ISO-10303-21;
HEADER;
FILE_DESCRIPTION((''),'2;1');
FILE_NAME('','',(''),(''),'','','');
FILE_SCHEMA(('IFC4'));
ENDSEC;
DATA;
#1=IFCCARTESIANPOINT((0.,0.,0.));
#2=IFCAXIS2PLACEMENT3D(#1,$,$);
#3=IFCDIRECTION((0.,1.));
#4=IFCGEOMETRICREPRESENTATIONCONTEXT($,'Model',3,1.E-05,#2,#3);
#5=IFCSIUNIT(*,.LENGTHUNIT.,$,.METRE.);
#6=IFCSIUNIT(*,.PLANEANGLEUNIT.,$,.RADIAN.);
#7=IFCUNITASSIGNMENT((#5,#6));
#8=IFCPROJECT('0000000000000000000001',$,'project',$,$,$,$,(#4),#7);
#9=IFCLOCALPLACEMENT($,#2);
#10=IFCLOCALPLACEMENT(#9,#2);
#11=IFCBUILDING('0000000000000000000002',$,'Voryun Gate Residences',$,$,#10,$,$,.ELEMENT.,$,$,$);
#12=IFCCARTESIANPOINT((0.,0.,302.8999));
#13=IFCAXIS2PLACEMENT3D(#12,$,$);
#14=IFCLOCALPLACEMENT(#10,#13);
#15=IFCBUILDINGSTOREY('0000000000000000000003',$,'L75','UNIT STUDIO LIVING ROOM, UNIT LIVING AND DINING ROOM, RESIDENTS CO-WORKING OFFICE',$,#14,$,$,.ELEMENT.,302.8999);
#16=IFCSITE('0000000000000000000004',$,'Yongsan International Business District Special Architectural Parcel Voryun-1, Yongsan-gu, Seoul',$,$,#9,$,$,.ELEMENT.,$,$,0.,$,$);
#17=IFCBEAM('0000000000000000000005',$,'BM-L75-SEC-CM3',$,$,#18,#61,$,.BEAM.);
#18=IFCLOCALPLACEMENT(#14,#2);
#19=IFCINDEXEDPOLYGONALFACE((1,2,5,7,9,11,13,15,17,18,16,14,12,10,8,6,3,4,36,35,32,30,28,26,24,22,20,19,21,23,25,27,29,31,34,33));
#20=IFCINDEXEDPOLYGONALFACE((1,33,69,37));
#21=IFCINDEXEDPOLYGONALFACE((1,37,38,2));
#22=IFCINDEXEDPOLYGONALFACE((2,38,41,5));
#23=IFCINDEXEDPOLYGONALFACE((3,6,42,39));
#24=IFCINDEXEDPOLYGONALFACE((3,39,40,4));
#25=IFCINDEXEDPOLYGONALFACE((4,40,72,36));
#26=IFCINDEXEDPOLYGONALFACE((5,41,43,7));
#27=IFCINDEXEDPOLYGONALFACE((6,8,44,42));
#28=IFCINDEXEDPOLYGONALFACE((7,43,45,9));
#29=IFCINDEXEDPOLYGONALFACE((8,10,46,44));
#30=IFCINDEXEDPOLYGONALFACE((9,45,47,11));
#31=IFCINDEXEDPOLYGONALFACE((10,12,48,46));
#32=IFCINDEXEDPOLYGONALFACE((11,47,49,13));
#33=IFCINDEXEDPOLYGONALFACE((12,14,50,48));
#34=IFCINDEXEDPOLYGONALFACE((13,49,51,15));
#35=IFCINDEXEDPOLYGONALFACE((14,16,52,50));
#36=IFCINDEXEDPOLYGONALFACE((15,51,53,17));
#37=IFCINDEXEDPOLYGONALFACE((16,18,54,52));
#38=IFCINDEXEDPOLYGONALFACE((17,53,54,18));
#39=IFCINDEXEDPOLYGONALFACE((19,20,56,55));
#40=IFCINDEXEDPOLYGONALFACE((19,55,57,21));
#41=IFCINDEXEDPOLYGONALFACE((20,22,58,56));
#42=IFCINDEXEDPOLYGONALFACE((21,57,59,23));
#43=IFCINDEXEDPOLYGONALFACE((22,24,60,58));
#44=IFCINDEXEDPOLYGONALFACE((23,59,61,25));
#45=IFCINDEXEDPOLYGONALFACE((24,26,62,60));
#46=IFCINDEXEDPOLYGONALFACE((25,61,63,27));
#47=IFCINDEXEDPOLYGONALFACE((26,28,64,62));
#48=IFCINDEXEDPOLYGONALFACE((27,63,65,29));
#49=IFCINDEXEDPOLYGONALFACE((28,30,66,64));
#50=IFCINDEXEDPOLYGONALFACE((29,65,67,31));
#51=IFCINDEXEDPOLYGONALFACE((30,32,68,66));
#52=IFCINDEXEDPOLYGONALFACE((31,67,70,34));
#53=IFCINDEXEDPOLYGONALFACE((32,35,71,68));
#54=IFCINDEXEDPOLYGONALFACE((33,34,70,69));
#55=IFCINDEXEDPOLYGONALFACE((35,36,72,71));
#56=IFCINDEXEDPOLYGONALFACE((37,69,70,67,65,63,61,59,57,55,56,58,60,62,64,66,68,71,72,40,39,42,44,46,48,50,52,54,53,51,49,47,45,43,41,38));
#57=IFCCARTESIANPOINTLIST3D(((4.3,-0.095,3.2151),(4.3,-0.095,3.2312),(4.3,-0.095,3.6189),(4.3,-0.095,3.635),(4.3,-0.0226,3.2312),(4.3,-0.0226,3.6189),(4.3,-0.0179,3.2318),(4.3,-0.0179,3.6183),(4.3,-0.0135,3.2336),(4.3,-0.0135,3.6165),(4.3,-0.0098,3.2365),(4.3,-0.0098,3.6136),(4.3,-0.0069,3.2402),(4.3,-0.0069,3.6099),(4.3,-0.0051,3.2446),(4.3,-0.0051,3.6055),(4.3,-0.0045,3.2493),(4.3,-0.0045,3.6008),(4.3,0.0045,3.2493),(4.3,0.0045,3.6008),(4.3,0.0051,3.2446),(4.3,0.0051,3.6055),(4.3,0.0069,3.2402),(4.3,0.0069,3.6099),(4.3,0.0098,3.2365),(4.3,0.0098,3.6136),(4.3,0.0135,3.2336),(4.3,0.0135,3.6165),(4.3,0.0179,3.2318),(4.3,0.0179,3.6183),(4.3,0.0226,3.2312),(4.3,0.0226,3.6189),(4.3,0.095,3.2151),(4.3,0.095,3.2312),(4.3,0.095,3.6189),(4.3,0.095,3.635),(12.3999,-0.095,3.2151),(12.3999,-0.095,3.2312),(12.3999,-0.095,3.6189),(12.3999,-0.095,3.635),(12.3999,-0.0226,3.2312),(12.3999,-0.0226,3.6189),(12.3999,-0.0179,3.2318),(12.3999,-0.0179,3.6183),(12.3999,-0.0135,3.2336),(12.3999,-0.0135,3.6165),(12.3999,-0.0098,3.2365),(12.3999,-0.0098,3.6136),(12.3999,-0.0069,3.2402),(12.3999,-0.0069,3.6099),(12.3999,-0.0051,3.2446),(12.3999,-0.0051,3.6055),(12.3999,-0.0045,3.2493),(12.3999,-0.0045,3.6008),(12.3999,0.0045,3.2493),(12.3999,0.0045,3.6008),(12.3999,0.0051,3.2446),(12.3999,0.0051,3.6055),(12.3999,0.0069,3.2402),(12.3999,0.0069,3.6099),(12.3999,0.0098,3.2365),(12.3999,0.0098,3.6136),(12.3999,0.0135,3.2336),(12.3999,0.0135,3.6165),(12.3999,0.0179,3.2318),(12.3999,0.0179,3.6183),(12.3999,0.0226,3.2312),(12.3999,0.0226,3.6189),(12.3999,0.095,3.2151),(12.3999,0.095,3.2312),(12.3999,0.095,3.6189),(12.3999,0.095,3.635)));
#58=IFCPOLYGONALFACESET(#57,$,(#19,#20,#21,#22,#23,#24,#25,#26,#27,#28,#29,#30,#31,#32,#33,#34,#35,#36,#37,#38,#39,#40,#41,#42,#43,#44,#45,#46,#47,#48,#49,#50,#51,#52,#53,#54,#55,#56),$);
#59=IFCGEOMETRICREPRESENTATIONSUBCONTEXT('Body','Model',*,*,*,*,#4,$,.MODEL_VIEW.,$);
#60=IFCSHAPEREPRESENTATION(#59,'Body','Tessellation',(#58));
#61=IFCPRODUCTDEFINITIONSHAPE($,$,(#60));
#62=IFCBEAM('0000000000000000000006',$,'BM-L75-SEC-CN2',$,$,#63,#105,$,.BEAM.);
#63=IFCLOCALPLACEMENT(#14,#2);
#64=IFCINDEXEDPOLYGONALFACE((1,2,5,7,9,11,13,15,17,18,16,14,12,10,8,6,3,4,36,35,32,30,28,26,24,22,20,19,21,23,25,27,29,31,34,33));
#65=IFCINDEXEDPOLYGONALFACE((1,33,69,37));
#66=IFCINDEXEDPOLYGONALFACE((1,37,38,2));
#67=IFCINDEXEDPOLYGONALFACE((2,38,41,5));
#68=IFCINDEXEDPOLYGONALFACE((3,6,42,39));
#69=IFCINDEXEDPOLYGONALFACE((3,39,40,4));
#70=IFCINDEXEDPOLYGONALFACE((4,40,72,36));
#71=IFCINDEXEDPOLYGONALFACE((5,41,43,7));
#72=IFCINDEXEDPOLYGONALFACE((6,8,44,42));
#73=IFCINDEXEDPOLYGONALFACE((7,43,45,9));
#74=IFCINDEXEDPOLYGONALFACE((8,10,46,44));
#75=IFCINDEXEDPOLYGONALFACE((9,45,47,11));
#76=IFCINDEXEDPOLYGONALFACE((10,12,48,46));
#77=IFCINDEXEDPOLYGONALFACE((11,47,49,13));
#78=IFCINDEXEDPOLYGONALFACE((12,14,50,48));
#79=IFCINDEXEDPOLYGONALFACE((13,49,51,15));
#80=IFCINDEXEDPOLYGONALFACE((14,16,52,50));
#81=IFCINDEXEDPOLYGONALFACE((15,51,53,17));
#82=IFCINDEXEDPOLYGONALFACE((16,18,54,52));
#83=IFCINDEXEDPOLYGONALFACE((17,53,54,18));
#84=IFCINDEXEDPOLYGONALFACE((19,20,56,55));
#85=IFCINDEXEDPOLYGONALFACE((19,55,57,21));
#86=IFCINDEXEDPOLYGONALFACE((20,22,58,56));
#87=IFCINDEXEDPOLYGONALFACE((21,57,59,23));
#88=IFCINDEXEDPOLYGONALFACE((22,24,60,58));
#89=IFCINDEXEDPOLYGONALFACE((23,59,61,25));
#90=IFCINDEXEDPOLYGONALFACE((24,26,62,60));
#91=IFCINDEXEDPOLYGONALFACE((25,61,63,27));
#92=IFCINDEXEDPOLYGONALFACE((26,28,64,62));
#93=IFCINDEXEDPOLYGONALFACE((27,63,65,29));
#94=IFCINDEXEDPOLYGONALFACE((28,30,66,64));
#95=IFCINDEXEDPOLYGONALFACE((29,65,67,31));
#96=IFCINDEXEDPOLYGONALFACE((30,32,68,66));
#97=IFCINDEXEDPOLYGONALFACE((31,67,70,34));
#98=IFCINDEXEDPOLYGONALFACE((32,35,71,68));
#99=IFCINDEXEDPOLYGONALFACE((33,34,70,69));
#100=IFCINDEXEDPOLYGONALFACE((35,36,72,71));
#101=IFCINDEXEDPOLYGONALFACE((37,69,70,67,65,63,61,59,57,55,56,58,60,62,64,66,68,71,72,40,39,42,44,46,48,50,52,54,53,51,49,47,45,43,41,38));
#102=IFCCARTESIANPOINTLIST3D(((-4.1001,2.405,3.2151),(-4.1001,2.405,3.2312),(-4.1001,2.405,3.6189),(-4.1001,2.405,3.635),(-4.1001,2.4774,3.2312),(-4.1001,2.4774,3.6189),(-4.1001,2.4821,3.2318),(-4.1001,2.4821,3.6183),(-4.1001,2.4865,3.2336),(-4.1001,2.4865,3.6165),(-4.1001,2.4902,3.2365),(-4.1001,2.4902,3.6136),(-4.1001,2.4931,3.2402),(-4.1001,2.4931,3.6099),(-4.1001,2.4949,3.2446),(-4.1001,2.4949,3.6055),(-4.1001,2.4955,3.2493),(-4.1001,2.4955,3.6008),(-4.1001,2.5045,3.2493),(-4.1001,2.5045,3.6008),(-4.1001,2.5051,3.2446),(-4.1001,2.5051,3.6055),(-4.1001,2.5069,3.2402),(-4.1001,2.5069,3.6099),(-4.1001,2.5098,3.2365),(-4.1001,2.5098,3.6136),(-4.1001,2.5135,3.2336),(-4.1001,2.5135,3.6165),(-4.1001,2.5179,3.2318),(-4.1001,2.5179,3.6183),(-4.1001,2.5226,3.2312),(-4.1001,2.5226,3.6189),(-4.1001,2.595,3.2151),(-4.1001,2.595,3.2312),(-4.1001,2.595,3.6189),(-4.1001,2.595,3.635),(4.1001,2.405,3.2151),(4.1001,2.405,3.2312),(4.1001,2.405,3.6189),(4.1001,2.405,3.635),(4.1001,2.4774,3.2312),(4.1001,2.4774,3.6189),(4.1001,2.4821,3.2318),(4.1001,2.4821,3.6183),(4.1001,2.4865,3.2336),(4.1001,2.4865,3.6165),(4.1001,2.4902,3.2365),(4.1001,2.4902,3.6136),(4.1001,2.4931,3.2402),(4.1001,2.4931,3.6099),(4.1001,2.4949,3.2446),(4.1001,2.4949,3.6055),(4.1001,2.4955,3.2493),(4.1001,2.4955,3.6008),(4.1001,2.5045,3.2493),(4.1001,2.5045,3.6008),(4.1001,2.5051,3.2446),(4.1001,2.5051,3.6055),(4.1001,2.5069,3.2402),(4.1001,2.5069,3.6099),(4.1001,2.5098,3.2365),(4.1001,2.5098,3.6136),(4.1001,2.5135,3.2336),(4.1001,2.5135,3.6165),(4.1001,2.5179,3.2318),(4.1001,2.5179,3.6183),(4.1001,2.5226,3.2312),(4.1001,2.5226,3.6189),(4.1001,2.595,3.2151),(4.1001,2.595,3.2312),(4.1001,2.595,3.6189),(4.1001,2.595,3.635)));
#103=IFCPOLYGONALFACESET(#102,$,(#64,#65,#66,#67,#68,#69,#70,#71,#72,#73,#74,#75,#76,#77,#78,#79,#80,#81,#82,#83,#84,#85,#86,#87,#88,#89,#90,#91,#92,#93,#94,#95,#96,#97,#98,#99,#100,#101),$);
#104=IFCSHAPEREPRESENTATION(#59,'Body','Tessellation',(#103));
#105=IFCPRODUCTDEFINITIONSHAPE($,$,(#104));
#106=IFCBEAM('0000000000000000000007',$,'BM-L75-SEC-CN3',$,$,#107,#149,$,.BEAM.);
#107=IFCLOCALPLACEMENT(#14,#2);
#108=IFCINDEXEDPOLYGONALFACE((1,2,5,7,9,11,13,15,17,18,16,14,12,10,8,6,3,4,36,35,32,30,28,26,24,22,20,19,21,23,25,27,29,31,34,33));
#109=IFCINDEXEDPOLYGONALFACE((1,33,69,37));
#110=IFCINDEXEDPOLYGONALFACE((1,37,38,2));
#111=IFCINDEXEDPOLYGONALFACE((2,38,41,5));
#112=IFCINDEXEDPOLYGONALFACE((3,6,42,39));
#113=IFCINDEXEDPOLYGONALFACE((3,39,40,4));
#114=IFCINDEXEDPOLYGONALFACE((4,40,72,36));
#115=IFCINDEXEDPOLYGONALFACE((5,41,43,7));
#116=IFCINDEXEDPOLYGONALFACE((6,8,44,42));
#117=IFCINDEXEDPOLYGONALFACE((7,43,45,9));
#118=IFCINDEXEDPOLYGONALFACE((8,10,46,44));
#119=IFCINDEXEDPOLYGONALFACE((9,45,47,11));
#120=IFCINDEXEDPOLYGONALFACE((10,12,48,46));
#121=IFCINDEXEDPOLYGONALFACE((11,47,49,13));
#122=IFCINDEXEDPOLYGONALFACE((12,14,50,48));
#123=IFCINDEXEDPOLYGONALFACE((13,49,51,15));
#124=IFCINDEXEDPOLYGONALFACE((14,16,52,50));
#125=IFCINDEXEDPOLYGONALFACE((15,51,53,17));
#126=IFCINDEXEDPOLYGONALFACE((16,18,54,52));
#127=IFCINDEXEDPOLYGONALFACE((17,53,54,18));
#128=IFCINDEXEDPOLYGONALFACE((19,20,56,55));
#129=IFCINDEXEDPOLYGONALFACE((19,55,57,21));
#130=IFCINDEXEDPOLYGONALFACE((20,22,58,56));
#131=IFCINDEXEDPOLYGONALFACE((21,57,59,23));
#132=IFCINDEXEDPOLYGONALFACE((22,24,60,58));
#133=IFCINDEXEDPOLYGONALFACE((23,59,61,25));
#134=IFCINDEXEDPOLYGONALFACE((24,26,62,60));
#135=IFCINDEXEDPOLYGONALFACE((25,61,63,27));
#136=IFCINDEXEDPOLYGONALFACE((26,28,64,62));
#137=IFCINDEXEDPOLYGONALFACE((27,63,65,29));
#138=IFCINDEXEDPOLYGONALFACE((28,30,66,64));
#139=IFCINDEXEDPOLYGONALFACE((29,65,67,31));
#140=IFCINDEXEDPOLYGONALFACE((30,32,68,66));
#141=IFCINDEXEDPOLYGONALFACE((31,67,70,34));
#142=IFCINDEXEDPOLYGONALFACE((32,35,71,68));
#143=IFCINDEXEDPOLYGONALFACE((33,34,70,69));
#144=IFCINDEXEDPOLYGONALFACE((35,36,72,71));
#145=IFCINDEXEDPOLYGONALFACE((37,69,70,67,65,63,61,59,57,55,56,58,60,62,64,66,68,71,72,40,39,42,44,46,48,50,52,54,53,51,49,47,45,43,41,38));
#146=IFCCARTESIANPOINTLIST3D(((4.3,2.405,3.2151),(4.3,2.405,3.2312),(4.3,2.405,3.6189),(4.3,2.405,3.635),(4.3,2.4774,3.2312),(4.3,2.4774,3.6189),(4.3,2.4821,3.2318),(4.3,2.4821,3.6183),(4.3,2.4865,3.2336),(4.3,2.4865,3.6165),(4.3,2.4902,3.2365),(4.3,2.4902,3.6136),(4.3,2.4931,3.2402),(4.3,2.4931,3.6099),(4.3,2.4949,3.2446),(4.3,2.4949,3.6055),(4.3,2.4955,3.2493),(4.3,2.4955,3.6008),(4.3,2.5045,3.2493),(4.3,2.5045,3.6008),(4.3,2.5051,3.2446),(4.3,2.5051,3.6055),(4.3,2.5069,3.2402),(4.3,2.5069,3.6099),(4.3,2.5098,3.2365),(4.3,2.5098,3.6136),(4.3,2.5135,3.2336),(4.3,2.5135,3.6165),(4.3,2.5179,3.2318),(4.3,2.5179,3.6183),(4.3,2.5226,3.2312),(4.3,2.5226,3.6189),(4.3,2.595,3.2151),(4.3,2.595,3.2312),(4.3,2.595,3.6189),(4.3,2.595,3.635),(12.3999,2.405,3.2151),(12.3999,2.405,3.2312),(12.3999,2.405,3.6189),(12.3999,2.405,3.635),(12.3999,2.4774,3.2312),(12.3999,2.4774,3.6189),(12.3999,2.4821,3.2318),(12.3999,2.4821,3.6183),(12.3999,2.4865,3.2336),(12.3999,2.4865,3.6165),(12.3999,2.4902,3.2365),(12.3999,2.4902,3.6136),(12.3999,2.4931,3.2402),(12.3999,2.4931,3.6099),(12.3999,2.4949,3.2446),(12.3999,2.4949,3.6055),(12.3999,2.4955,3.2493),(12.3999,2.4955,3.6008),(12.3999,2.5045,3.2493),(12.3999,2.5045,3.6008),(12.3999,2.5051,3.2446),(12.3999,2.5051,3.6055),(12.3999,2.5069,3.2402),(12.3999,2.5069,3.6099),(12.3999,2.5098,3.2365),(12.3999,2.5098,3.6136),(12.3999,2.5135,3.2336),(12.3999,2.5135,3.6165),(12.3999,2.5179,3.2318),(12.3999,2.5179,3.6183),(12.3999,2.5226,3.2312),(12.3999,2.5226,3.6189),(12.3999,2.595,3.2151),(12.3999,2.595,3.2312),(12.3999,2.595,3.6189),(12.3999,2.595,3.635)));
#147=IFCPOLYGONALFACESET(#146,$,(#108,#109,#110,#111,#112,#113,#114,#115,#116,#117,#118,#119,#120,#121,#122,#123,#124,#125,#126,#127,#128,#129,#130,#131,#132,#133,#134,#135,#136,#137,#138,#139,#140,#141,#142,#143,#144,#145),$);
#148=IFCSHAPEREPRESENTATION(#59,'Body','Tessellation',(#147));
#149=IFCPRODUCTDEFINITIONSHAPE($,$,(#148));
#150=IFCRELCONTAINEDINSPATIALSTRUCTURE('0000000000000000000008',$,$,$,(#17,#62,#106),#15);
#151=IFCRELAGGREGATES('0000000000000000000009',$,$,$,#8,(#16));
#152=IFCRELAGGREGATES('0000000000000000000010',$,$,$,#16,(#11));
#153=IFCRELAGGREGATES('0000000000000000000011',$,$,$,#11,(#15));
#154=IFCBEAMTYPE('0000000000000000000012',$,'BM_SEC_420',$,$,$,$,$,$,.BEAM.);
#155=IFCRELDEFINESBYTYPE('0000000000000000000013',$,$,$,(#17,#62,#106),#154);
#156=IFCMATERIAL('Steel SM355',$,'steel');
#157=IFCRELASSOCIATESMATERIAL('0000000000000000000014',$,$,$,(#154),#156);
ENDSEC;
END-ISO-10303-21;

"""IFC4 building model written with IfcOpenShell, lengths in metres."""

from ifc_helpers import new_model, si_unit, direction, frame, origin, origin_2d, place, context, subcontext, project, spatial, i_section, extrude, material, material_profile, profile_set, type_object, element, save


model = new_model("IFC4")

# Units and contexts
model_context = context("Model", 3, precision=1e-05, world=origin(), true_north=direction((0.0, 1.0)))
body_context = subcontext(model_context, "Body", "Model", "MODEL_VIEW")
ifc_project = project(units=[si_unit("LENGTHUNIT", "METRE"), si_unit("PLANEANGLEUNIT", "RADIAN")], contexts=[model_context])

# Site, building, storey
site_placement = place(None, origin())
site = spatial("IfcSite", under=ifc_project, at=site_placement, Name="Yongsan International Business District Special Architectural Parcel Voryun-1, Yongsan-gu, Seoul", CompositionType="ELEMENT", RefElevation=0.0)
building_placement = place(site_placement, origin())
building = spatial("IfcBuilding", under=site, at=building_placement, Name="Voryun Gate Residences", CompositionType="ELEMENT")
storey_placement = place(building_placement, frame((0.0, 0.0, 302.8999)))
storey = spatial("IfcBuildingStorey", under=building, at=storey_placement, Name="L75", Description="UNIT STUDIO LIVING ROOM, UNIT LIVING AND DINING ROOM, RESIDENTS CO-WORKING OFFICE", CompositionType="ELEMENT", Elevation=302.8999)

# Beams
ifc_material_1 = material(Name="Steel SM355", Category="steel")
ifc_material_profile_1 = material_profile(ifc_material_1, i_section(OverallWidth=0.1899, OverallDepth=0.4199, WebThickness=0.009, FlangeThickness=0.0161, FilletRadius=0.0181, at=origin_2d()), Name="H-420x190x9x16")
ifc_profile_set_1 = profile_set([ifc_material_profile_1], Name="Steel SM355")
beam_type_1 = type_object("IfcBeamType", Name="BM_SEC_420", PredefinedType="BEAM", material=ifc_profile_set_1)
beam_1_placement = place(storey_placement, frame((4.3, 0.0, 3.425), z_axis=(1.0, 0.0, 0.0), x_axis=(0.0, 1.0, 0.0)))
element("IfcBeam", 1, at=beam_1_placement, inside=storey, type_object=beam_type_1, Name="BM-L75-SEC-CM3", PredefinedType="BEAM", context=body_context, shape_type="SweptSolid", body=[
    extrude(i_section(OverallWidth=0.1899, OverallDepth=0.4199, WebThickness=0.009, FlangeThickness=0.0161, FilletRadius=0.0181, at=origin_2d()), origin(), (0.0, 0.0, 1.0), 8.0999),
])
beam_2_placement = place(storey_placement, frame((-4.1001, 2.5, 3.425), z_axis=(1.0, 0.0, 0.0), x_axis=(0.0, 1.0, 0.0)))
element("IfcBeam", 2, at=beam_2_placement, inside=storey, type_object=beam_type_1, Name="BM-L75-SEC-CN2", PredefinedType="BEAM", context=body_context, shape_type="SweptSolid", body=[
    extrude(i_section(OverallWidth=0.1899, OverallDepth=0.4199, WebThickness=0.009, FlangeThickness=0.0161, FilletRadius=0.0181, at=origin_2d()), origin(), (0.0, 0.0, 1.0), 8.2002),
])
beam_3_placement = place(storey_placement, frame((4.3, 2.5, 3.425), z_axis=(1.0, 0.0, 0.0), x_axis=(0.0, 1.0, 0.0)))
element("IfcBeam", 3, at=beam_3_placement, inside=storey, type_object=beam_type_1, Name="BM-L75-SEC-CN3", PredefinedType="BEAM", context=body_context, shape_type="SweptSolid", body=[
    extrude(i_section(OverallWidth=0.1899, OverallDepth=0.4199, WebThickness=0.009, FlangeThickness=0.0161, FilletRadius=0.0181, at=origin_2d()), origin(), (0.0, 0.0, 1.0), 8.0999),
])

save(model, "model.ifc")
